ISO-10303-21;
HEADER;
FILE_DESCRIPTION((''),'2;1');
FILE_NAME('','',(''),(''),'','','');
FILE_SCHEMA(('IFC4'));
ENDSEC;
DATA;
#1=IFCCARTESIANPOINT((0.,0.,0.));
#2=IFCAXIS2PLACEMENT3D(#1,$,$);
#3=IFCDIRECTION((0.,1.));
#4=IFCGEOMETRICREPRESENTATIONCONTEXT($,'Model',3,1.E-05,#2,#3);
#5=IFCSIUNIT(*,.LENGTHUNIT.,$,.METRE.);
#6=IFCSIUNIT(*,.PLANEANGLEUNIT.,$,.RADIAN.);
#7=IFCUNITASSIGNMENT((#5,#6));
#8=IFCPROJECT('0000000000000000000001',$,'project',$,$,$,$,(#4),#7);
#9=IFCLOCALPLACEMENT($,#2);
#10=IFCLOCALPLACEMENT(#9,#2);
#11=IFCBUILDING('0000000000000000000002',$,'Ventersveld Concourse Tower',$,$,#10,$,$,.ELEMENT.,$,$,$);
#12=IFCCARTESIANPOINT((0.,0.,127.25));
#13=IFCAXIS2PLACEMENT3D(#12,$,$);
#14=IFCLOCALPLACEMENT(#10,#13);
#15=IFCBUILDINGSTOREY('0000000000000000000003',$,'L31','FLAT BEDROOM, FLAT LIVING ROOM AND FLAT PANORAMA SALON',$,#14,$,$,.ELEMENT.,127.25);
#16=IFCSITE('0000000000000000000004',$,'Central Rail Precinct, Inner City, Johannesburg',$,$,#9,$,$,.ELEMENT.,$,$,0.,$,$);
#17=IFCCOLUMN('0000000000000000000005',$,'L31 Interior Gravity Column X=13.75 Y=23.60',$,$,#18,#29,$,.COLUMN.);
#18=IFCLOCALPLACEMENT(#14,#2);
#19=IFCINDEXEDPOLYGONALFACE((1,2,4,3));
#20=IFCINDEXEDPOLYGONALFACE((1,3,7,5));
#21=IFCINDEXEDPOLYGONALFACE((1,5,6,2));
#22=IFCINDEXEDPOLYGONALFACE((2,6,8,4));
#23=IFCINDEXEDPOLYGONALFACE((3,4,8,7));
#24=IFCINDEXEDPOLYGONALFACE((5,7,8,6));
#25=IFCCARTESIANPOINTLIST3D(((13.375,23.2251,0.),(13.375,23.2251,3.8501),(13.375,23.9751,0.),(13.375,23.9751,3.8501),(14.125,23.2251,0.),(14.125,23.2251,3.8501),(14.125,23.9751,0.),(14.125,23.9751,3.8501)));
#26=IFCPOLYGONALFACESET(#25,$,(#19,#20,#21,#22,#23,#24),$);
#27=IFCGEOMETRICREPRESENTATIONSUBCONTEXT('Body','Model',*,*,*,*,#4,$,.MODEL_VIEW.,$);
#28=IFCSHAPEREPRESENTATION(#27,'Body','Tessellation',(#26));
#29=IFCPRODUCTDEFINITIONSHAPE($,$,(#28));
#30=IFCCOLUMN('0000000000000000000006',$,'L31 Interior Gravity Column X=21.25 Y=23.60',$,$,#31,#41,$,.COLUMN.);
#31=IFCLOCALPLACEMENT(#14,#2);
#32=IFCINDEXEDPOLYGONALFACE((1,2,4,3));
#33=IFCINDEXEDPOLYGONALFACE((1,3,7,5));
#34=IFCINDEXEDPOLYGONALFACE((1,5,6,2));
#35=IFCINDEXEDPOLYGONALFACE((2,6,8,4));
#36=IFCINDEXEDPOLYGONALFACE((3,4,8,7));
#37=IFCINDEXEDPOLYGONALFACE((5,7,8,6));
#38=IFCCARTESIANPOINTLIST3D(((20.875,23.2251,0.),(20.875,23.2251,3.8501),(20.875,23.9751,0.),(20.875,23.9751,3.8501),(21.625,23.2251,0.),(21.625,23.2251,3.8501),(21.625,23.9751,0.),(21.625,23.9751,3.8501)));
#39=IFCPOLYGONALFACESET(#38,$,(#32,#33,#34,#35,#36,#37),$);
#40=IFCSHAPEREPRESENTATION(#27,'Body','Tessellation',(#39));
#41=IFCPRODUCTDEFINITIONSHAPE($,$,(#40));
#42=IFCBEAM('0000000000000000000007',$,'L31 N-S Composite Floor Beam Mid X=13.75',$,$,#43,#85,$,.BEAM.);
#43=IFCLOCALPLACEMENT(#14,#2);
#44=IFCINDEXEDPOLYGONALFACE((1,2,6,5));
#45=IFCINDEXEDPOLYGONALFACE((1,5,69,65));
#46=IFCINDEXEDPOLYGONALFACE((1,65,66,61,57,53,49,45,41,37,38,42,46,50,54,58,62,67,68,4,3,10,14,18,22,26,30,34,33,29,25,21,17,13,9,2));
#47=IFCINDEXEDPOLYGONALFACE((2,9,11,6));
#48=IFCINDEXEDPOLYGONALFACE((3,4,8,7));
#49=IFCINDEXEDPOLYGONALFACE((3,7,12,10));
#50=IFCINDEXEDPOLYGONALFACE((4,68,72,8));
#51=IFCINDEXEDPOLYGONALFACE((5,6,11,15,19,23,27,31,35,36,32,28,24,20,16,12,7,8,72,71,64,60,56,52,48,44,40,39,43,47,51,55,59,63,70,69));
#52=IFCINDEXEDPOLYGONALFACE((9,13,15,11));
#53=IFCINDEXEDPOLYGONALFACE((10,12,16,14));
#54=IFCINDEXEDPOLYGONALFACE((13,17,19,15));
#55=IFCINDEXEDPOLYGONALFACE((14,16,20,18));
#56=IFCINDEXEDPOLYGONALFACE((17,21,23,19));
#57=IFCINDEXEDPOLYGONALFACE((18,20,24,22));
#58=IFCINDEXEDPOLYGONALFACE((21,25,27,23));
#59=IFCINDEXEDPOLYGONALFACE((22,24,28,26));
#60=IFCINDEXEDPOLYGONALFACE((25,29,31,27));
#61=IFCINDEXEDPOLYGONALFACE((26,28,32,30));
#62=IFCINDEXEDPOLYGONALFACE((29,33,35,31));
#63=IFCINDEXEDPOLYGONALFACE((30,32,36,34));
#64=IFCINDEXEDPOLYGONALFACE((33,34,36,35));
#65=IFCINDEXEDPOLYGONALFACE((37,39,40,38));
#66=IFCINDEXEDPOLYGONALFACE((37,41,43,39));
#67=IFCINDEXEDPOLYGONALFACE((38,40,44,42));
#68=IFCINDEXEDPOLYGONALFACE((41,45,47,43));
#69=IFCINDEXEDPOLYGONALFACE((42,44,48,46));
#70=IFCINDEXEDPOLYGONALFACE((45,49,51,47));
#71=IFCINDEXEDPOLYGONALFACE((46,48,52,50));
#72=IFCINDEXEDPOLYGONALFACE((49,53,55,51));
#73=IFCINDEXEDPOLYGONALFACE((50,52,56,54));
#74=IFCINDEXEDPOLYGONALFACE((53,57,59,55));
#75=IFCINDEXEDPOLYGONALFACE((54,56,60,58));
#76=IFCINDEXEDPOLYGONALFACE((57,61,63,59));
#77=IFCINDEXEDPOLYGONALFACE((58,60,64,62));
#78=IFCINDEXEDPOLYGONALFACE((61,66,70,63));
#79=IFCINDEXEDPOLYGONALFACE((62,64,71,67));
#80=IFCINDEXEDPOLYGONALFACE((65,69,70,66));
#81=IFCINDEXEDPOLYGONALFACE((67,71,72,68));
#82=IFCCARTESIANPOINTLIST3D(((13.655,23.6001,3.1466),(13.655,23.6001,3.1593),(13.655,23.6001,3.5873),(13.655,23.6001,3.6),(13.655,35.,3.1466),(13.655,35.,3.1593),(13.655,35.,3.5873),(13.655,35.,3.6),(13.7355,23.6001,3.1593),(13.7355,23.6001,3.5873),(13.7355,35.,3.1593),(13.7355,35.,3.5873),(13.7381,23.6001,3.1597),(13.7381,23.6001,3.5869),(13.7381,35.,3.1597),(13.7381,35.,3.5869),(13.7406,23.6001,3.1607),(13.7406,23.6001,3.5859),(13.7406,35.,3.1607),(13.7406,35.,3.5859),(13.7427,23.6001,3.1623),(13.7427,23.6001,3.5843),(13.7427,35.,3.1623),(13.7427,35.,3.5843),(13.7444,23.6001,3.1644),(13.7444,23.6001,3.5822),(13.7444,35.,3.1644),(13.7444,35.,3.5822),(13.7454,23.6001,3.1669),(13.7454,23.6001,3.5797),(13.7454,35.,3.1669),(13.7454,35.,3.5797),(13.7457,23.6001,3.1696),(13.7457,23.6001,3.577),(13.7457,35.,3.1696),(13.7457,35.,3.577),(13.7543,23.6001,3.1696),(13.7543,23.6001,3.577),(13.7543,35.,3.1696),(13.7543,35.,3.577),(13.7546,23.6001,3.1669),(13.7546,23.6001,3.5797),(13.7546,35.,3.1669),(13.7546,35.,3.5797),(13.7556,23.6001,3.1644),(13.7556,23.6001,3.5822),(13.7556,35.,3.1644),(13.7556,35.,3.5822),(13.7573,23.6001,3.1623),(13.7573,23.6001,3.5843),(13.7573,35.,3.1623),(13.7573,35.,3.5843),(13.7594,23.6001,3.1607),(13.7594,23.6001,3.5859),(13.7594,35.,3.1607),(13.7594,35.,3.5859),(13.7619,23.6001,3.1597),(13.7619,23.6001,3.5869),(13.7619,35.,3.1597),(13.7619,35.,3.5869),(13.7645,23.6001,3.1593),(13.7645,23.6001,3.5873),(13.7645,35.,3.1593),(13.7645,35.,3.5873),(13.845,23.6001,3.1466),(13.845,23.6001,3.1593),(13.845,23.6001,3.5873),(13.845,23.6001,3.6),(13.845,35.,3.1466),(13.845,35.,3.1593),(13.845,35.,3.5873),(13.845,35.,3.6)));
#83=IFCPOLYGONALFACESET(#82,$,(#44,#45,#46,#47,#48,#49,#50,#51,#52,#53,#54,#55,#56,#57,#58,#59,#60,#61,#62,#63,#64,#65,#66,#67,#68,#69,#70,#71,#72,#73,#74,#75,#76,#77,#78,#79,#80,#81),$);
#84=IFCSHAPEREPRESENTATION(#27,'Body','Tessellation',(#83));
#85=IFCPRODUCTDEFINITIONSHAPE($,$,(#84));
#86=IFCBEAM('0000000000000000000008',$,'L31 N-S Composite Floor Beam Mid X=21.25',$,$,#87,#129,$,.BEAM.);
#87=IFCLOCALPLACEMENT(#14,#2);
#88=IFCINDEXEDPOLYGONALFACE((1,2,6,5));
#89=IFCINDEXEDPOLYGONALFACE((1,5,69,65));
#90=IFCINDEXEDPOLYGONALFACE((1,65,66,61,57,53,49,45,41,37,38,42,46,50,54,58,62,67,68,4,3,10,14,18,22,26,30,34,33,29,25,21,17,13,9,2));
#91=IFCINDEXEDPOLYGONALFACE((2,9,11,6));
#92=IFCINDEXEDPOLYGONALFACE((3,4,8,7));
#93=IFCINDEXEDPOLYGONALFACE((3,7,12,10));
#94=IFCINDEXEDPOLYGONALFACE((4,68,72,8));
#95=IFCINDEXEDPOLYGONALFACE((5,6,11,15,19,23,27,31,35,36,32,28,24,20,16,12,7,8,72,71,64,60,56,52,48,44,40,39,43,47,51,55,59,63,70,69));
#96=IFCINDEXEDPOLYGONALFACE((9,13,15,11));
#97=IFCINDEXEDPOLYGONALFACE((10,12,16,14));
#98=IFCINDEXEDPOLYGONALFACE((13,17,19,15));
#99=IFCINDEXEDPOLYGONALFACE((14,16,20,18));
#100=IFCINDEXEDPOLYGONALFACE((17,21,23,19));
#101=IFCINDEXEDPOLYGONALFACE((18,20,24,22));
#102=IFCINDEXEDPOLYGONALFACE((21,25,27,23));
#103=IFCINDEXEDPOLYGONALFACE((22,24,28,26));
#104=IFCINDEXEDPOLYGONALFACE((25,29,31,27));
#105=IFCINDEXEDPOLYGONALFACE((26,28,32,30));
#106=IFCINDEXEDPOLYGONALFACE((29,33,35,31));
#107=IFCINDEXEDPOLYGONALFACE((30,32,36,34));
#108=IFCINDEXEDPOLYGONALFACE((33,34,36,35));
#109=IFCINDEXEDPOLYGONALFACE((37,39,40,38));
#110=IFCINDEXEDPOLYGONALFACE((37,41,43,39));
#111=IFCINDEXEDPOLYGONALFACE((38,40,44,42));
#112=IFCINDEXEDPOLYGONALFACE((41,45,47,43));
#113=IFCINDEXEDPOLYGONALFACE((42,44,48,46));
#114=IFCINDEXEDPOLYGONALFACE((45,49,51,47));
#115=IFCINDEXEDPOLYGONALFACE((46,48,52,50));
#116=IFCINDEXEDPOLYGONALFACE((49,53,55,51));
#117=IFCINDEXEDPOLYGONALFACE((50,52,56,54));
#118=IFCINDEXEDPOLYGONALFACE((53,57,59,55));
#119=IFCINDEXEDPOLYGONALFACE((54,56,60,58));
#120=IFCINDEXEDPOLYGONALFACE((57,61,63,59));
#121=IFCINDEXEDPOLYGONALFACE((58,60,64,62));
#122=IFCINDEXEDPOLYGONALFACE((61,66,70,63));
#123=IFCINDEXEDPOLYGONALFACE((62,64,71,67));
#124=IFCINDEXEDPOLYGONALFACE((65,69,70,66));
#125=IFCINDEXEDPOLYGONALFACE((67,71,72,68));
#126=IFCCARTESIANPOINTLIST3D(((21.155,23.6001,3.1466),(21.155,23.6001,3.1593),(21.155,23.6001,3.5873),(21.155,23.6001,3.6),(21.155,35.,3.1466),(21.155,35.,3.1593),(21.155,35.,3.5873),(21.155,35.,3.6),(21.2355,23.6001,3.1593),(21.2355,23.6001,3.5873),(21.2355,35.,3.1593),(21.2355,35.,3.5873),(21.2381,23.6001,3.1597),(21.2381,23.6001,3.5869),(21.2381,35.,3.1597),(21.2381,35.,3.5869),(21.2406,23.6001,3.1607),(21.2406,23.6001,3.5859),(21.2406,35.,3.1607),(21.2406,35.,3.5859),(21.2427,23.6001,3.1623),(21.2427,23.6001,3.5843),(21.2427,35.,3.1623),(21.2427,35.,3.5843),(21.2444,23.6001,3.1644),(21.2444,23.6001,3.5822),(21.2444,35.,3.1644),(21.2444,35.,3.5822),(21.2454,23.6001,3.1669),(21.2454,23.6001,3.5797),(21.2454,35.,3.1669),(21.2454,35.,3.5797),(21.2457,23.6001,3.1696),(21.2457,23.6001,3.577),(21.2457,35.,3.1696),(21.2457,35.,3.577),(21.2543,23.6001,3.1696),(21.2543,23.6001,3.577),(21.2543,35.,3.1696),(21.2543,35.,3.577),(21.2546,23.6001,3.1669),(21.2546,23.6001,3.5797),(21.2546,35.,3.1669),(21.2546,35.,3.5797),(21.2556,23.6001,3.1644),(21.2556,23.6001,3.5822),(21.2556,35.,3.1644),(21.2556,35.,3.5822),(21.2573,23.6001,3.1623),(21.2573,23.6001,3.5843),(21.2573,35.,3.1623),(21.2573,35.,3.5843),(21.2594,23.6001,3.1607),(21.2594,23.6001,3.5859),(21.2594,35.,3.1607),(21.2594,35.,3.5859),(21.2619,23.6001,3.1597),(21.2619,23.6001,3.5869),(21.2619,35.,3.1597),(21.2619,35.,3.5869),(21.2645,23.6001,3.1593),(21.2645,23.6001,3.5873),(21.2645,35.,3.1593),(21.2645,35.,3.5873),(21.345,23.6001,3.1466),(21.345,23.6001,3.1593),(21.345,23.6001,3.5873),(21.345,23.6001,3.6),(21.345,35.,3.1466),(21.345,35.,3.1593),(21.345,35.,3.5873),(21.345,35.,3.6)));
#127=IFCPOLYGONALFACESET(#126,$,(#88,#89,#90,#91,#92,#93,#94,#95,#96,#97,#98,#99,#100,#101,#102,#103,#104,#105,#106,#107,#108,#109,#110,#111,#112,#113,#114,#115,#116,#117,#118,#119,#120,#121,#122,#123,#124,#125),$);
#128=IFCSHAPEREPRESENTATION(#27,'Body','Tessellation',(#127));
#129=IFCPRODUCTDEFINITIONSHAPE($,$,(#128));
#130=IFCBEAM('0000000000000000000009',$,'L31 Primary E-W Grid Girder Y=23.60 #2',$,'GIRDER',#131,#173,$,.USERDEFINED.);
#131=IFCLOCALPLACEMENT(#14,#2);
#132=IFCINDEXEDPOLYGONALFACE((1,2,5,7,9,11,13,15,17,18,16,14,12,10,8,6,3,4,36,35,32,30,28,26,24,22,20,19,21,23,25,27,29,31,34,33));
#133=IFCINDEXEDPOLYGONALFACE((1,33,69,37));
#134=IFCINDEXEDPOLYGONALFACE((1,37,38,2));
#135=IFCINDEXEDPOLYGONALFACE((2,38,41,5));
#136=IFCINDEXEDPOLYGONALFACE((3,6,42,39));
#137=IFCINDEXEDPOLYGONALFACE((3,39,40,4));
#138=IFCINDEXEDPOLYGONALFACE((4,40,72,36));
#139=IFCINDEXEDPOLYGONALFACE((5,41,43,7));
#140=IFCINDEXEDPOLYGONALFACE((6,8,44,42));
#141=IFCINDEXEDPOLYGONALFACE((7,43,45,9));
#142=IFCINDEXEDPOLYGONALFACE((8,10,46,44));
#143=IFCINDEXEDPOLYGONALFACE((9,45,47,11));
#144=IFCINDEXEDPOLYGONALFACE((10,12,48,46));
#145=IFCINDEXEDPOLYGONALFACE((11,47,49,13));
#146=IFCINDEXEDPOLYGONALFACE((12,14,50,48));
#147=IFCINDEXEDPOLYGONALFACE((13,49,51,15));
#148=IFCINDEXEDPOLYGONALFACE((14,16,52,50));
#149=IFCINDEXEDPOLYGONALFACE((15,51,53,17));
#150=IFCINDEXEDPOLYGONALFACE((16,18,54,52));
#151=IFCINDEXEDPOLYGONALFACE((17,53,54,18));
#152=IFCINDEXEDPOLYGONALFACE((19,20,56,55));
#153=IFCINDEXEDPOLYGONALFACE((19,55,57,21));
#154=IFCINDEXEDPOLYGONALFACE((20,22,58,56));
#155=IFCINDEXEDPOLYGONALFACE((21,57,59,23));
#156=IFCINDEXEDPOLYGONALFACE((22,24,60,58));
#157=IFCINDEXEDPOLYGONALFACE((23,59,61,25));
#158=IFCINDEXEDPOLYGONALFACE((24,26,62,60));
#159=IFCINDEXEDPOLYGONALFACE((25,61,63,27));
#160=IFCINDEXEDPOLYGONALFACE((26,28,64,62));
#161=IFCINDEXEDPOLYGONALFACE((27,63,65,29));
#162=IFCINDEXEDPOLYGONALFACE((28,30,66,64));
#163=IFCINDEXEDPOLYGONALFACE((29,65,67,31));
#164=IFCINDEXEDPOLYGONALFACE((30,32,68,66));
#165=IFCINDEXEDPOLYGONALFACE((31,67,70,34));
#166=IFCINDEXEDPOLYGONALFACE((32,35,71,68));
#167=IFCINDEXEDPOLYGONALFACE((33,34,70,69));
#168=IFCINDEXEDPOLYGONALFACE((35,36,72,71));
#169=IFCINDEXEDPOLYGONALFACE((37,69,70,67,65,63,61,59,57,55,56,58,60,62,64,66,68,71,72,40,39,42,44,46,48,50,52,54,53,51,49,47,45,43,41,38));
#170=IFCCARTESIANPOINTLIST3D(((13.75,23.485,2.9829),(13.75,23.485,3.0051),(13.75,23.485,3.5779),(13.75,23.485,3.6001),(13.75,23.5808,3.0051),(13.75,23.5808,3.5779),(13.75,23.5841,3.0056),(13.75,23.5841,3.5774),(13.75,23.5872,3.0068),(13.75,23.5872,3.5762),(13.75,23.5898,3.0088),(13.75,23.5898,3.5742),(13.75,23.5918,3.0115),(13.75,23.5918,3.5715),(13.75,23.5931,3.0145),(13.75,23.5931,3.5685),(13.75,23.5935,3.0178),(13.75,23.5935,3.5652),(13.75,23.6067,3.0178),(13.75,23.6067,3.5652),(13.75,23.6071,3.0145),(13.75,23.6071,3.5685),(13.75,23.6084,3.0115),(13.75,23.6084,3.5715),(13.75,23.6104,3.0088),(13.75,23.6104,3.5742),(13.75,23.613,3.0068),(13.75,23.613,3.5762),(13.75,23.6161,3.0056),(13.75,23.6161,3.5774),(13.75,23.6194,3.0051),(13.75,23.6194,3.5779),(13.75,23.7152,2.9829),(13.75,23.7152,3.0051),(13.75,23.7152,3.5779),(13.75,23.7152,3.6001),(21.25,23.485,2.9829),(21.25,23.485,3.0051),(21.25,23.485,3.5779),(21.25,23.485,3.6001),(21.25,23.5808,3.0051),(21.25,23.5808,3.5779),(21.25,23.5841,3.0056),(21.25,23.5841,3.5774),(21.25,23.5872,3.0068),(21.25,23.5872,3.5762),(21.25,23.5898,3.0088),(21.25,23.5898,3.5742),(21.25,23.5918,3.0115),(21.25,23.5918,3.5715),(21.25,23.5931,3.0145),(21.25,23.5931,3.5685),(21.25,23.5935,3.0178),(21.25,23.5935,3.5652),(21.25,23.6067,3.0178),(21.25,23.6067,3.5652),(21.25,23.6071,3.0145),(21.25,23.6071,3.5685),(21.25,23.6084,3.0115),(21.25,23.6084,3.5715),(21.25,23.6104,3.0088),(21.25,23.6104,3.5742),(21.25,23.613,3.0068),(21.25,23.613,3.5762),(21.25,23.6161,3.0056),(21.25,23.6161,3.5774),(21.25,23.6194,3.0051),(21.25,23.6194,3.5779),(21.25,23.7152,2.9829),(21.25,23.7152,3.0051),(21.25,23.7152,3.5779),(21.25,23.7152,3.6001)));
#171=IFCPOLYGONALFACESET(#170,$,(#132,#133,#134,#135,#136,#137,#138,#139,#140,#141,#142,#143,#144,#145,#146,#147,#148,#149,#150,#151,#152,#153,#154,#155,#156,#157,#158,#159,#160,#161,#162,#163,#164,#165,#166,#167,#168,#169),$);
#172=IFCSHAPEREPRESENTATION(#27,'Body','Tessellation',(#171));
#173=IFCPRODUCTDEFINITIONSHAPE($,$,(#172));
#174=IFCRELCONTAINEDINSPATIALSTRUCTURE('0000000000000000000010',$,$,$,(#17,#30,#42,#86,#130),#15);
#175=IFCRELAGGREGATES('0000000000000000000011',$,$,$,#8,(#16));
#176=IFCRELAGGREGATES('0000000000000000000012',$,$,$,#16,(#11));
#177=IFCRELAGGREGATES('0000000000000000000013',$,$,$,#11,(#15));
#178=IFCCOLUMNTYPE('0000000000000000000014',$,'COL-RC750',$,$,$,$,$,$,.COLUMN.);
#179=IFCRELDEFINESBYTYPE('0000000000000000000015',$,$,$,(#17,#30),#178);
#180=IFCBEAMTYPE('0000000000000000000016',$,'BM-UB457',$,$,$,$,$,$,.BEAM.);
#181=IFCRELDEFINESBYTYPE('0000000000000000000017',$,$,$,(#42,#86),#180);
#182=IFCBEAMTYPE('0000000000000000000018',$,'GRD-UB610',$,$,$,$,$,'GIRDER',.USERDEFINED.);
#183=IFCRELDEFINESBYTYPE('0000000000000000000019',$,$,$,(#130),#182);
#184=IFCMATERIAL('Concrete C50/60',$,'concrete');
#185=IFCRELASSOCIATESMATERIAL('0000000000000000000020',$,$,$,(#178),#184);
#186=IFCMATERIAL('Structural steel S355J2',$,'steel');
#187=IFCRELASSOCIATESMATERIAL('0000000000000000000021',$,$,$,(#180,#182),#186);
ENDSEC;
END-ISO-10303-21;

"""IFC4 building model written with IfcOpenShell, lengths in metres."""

from ifc_helpers import new_model, si_unit, direction, frame, origin, origin_2d, place, context, subcontext, project, spatial, rectangle, i_section, extrude, material, material_profile, profile_set, type_object, element, save


model = new_model("IFC4")

# Units and contexts
model_context = context("Model", 3, precision=1e-05, world=origin(), true_north=direction((0.0, 1.0)))
body_context = subcontext(model_context, "Body", "Model", "MODEL_VIEW")
ifc_project = project(units=[si_unit("LENGTHUNIT", "METRE"), si_unit("PLANEANGLEUNIT", "RADIAN")], contexts=[model_context])

# Site, building, storey
site_placement = place(None, origin())
site = spatial("IfcSite", under=ifc_project, at=site_placement, Name="Central Rail Precinct, Inner City, Johannesburg", CompositionType="ELEMENT", RefElevation=0.0)
building_placement = place(site_placement, origin())
building = spatial("IfcBuilding", under=site, at=building_placement, Name="Ventersveld Concourse Tower", CompositionType="ELEMENT")
storey_placement = place(building_placement, frame((0.0, 0.0, 127.25)))
storey = spatial("IfcBuildingStorey", under=building, at=storey_placement, Name="L31", Description="FLAT BEDROOM, FLAT LIVING ROOM AND FLAT PANORAMA SALON", CompositionType="ELEMENT", Elevation=127.25)

# Columns
ifc_material_1 = material(Name="Concrete C50/60", Category="concrete")
ifc_material_profile_1 = material_profile(ifc_material_1, rectangle(XDim=0.75, YDim=0.75, at=origin_2d()), Name="RC 750x750")
ifc_profile_set_1 = profile_set([ifc_material_profile_1], Name="Concrete C50/60")
column_type = type_object("IfcColumnType", Name="COL-RC750", PredefinedType="COLUMN", material=ifc_profile_set_1)
for number, where, z_axis, x_axis, name in (
    (1, (13.75, 23.6001, 0.0), (0.0, 0.0, 1.0), (1.0, 0.0, 0.0), "L31 Interior Gravity Column X=13.75 Y=23.60"),
    (2, (21.25, 23.6001, 0.0), (0.0, 0.0, 1.0), (1.0, 0.0, 0.0), "L31 Interior Gravity Column X=21.25 Y=23.60"),
):
    element("IfcColumn", number, at=place(storey_placement, frame(where, z_axis=z_axis, x_axis=x_axis)), inside=storey, type_object=column_type, Name=name, PredefinedType="COLUMN", context=body_context, shape_type="SweptSolid", body=[
        extrude(rectangle(XDim=0.75, YDim=0.75, at=origin_2d()), origin(), (0.0, 0.0, 1.0), 3.8501),
    ])

# Beams
ifc_material_2 = material(Name="Structural steel S355J2", Category="steel")
ifc_material_profile_2 = material_profile(ifc_material_2, i_section(OverallWidth=0.1899, OverallDepth=0.4534, WebThickness=0.0085, FlangeThickness=0.0127, FilletRadius=0.0103, at=origin_2d()), Name="UB 457x191x67")
ifc_profile_set_2 = profile_set([ifc_material_profile_2], Name="Structural steel S355J2")
beam_type_1 = type_object("IfcBeamType", Name="BM-UB457", PredefinedType="BEAM", material=ifc_profile_set_2)
for number, where, z_axis, x_axis, name in (
    (3, (13.75, 23.6001, 3.3733), (0.0, 1.0, 0.0), (-1.0, 0.0, 0.0), "L31 N-S Composite Floor Beam Mid X=13.75"),
    (4, (21.25, 23.6001, 3.3733), (0.0, 1.0, 0.0), (-1.0, 0.0, 0.0), "L31 N-S Composite Floor Beam Mid X=21.25"),
):
    element("IfcBeam", number, at=place(storey_placement, frame(where, z_axis=z_axis, x_axis=x_axis)), inside=storey, type_object=beam_type_1, Name=name, PredefinedType="BEAM", context=body_context, shape_type="SweptSolid", body=[
        extrude(i_section(OverallWidth=0.1899, OverallDepth=0.4534, WebThickness=0.0085, FlangeThickness=0.0127, FilletRadius=0.0103, at=origin_2d()), origin(), (0.0, 0.0, 1.0), 11.3999),
    ])
ifc_material_profile_3 = material_profile(ifc_material_2, i_section(OverallWidth=0.2302, OverallDepth=0.6172, WebThickness=0.0132, FlangeThickness=0.0222, FilletRadius=0.0127, at=origin_2d()), Name="UB 610x229x140")
ifc_profile_set_3 = profile_set([ifc_material_profile_3], Name="Structural steel S355J2")
beam_type_2 = type_object("IfcBeamType", Name="GRD-UB610", ElementType="GIRDER", PredefinedType="USERDEFINED", material=ifc_profile_set_3)
for number, where, z_axis, x_axis, name in (
    (5, (13.75, 23.6001, 3.2915), (1.0, 0.0, 0.0), (0.0, 1.0, 0.0), "L31 Primary E-W Grid Girder Y=23.60 #2"),
):
    element("IfcBeam", number, at=place(storey_placement, frame(where, z_axis=z_axis, x_axis=x_axis)), inside=storey, type_object=beam_type_2, Name=name, ObjectType="GIRDER", PredefinedType="USERDEFINED", context=body_context, shape_type="SweptSolid", body=[
        extrude(i_section(OverallWidth=0.2302, OverallDepth=0.6172, WebThickness=0.0132, FlangeThickness=0.0222, FilletRadius=0.0127, at=origin_2d()), origin(), (0.0, 0.0, 1.0), 7.5),
    ])

save(model, "model.ifc")
